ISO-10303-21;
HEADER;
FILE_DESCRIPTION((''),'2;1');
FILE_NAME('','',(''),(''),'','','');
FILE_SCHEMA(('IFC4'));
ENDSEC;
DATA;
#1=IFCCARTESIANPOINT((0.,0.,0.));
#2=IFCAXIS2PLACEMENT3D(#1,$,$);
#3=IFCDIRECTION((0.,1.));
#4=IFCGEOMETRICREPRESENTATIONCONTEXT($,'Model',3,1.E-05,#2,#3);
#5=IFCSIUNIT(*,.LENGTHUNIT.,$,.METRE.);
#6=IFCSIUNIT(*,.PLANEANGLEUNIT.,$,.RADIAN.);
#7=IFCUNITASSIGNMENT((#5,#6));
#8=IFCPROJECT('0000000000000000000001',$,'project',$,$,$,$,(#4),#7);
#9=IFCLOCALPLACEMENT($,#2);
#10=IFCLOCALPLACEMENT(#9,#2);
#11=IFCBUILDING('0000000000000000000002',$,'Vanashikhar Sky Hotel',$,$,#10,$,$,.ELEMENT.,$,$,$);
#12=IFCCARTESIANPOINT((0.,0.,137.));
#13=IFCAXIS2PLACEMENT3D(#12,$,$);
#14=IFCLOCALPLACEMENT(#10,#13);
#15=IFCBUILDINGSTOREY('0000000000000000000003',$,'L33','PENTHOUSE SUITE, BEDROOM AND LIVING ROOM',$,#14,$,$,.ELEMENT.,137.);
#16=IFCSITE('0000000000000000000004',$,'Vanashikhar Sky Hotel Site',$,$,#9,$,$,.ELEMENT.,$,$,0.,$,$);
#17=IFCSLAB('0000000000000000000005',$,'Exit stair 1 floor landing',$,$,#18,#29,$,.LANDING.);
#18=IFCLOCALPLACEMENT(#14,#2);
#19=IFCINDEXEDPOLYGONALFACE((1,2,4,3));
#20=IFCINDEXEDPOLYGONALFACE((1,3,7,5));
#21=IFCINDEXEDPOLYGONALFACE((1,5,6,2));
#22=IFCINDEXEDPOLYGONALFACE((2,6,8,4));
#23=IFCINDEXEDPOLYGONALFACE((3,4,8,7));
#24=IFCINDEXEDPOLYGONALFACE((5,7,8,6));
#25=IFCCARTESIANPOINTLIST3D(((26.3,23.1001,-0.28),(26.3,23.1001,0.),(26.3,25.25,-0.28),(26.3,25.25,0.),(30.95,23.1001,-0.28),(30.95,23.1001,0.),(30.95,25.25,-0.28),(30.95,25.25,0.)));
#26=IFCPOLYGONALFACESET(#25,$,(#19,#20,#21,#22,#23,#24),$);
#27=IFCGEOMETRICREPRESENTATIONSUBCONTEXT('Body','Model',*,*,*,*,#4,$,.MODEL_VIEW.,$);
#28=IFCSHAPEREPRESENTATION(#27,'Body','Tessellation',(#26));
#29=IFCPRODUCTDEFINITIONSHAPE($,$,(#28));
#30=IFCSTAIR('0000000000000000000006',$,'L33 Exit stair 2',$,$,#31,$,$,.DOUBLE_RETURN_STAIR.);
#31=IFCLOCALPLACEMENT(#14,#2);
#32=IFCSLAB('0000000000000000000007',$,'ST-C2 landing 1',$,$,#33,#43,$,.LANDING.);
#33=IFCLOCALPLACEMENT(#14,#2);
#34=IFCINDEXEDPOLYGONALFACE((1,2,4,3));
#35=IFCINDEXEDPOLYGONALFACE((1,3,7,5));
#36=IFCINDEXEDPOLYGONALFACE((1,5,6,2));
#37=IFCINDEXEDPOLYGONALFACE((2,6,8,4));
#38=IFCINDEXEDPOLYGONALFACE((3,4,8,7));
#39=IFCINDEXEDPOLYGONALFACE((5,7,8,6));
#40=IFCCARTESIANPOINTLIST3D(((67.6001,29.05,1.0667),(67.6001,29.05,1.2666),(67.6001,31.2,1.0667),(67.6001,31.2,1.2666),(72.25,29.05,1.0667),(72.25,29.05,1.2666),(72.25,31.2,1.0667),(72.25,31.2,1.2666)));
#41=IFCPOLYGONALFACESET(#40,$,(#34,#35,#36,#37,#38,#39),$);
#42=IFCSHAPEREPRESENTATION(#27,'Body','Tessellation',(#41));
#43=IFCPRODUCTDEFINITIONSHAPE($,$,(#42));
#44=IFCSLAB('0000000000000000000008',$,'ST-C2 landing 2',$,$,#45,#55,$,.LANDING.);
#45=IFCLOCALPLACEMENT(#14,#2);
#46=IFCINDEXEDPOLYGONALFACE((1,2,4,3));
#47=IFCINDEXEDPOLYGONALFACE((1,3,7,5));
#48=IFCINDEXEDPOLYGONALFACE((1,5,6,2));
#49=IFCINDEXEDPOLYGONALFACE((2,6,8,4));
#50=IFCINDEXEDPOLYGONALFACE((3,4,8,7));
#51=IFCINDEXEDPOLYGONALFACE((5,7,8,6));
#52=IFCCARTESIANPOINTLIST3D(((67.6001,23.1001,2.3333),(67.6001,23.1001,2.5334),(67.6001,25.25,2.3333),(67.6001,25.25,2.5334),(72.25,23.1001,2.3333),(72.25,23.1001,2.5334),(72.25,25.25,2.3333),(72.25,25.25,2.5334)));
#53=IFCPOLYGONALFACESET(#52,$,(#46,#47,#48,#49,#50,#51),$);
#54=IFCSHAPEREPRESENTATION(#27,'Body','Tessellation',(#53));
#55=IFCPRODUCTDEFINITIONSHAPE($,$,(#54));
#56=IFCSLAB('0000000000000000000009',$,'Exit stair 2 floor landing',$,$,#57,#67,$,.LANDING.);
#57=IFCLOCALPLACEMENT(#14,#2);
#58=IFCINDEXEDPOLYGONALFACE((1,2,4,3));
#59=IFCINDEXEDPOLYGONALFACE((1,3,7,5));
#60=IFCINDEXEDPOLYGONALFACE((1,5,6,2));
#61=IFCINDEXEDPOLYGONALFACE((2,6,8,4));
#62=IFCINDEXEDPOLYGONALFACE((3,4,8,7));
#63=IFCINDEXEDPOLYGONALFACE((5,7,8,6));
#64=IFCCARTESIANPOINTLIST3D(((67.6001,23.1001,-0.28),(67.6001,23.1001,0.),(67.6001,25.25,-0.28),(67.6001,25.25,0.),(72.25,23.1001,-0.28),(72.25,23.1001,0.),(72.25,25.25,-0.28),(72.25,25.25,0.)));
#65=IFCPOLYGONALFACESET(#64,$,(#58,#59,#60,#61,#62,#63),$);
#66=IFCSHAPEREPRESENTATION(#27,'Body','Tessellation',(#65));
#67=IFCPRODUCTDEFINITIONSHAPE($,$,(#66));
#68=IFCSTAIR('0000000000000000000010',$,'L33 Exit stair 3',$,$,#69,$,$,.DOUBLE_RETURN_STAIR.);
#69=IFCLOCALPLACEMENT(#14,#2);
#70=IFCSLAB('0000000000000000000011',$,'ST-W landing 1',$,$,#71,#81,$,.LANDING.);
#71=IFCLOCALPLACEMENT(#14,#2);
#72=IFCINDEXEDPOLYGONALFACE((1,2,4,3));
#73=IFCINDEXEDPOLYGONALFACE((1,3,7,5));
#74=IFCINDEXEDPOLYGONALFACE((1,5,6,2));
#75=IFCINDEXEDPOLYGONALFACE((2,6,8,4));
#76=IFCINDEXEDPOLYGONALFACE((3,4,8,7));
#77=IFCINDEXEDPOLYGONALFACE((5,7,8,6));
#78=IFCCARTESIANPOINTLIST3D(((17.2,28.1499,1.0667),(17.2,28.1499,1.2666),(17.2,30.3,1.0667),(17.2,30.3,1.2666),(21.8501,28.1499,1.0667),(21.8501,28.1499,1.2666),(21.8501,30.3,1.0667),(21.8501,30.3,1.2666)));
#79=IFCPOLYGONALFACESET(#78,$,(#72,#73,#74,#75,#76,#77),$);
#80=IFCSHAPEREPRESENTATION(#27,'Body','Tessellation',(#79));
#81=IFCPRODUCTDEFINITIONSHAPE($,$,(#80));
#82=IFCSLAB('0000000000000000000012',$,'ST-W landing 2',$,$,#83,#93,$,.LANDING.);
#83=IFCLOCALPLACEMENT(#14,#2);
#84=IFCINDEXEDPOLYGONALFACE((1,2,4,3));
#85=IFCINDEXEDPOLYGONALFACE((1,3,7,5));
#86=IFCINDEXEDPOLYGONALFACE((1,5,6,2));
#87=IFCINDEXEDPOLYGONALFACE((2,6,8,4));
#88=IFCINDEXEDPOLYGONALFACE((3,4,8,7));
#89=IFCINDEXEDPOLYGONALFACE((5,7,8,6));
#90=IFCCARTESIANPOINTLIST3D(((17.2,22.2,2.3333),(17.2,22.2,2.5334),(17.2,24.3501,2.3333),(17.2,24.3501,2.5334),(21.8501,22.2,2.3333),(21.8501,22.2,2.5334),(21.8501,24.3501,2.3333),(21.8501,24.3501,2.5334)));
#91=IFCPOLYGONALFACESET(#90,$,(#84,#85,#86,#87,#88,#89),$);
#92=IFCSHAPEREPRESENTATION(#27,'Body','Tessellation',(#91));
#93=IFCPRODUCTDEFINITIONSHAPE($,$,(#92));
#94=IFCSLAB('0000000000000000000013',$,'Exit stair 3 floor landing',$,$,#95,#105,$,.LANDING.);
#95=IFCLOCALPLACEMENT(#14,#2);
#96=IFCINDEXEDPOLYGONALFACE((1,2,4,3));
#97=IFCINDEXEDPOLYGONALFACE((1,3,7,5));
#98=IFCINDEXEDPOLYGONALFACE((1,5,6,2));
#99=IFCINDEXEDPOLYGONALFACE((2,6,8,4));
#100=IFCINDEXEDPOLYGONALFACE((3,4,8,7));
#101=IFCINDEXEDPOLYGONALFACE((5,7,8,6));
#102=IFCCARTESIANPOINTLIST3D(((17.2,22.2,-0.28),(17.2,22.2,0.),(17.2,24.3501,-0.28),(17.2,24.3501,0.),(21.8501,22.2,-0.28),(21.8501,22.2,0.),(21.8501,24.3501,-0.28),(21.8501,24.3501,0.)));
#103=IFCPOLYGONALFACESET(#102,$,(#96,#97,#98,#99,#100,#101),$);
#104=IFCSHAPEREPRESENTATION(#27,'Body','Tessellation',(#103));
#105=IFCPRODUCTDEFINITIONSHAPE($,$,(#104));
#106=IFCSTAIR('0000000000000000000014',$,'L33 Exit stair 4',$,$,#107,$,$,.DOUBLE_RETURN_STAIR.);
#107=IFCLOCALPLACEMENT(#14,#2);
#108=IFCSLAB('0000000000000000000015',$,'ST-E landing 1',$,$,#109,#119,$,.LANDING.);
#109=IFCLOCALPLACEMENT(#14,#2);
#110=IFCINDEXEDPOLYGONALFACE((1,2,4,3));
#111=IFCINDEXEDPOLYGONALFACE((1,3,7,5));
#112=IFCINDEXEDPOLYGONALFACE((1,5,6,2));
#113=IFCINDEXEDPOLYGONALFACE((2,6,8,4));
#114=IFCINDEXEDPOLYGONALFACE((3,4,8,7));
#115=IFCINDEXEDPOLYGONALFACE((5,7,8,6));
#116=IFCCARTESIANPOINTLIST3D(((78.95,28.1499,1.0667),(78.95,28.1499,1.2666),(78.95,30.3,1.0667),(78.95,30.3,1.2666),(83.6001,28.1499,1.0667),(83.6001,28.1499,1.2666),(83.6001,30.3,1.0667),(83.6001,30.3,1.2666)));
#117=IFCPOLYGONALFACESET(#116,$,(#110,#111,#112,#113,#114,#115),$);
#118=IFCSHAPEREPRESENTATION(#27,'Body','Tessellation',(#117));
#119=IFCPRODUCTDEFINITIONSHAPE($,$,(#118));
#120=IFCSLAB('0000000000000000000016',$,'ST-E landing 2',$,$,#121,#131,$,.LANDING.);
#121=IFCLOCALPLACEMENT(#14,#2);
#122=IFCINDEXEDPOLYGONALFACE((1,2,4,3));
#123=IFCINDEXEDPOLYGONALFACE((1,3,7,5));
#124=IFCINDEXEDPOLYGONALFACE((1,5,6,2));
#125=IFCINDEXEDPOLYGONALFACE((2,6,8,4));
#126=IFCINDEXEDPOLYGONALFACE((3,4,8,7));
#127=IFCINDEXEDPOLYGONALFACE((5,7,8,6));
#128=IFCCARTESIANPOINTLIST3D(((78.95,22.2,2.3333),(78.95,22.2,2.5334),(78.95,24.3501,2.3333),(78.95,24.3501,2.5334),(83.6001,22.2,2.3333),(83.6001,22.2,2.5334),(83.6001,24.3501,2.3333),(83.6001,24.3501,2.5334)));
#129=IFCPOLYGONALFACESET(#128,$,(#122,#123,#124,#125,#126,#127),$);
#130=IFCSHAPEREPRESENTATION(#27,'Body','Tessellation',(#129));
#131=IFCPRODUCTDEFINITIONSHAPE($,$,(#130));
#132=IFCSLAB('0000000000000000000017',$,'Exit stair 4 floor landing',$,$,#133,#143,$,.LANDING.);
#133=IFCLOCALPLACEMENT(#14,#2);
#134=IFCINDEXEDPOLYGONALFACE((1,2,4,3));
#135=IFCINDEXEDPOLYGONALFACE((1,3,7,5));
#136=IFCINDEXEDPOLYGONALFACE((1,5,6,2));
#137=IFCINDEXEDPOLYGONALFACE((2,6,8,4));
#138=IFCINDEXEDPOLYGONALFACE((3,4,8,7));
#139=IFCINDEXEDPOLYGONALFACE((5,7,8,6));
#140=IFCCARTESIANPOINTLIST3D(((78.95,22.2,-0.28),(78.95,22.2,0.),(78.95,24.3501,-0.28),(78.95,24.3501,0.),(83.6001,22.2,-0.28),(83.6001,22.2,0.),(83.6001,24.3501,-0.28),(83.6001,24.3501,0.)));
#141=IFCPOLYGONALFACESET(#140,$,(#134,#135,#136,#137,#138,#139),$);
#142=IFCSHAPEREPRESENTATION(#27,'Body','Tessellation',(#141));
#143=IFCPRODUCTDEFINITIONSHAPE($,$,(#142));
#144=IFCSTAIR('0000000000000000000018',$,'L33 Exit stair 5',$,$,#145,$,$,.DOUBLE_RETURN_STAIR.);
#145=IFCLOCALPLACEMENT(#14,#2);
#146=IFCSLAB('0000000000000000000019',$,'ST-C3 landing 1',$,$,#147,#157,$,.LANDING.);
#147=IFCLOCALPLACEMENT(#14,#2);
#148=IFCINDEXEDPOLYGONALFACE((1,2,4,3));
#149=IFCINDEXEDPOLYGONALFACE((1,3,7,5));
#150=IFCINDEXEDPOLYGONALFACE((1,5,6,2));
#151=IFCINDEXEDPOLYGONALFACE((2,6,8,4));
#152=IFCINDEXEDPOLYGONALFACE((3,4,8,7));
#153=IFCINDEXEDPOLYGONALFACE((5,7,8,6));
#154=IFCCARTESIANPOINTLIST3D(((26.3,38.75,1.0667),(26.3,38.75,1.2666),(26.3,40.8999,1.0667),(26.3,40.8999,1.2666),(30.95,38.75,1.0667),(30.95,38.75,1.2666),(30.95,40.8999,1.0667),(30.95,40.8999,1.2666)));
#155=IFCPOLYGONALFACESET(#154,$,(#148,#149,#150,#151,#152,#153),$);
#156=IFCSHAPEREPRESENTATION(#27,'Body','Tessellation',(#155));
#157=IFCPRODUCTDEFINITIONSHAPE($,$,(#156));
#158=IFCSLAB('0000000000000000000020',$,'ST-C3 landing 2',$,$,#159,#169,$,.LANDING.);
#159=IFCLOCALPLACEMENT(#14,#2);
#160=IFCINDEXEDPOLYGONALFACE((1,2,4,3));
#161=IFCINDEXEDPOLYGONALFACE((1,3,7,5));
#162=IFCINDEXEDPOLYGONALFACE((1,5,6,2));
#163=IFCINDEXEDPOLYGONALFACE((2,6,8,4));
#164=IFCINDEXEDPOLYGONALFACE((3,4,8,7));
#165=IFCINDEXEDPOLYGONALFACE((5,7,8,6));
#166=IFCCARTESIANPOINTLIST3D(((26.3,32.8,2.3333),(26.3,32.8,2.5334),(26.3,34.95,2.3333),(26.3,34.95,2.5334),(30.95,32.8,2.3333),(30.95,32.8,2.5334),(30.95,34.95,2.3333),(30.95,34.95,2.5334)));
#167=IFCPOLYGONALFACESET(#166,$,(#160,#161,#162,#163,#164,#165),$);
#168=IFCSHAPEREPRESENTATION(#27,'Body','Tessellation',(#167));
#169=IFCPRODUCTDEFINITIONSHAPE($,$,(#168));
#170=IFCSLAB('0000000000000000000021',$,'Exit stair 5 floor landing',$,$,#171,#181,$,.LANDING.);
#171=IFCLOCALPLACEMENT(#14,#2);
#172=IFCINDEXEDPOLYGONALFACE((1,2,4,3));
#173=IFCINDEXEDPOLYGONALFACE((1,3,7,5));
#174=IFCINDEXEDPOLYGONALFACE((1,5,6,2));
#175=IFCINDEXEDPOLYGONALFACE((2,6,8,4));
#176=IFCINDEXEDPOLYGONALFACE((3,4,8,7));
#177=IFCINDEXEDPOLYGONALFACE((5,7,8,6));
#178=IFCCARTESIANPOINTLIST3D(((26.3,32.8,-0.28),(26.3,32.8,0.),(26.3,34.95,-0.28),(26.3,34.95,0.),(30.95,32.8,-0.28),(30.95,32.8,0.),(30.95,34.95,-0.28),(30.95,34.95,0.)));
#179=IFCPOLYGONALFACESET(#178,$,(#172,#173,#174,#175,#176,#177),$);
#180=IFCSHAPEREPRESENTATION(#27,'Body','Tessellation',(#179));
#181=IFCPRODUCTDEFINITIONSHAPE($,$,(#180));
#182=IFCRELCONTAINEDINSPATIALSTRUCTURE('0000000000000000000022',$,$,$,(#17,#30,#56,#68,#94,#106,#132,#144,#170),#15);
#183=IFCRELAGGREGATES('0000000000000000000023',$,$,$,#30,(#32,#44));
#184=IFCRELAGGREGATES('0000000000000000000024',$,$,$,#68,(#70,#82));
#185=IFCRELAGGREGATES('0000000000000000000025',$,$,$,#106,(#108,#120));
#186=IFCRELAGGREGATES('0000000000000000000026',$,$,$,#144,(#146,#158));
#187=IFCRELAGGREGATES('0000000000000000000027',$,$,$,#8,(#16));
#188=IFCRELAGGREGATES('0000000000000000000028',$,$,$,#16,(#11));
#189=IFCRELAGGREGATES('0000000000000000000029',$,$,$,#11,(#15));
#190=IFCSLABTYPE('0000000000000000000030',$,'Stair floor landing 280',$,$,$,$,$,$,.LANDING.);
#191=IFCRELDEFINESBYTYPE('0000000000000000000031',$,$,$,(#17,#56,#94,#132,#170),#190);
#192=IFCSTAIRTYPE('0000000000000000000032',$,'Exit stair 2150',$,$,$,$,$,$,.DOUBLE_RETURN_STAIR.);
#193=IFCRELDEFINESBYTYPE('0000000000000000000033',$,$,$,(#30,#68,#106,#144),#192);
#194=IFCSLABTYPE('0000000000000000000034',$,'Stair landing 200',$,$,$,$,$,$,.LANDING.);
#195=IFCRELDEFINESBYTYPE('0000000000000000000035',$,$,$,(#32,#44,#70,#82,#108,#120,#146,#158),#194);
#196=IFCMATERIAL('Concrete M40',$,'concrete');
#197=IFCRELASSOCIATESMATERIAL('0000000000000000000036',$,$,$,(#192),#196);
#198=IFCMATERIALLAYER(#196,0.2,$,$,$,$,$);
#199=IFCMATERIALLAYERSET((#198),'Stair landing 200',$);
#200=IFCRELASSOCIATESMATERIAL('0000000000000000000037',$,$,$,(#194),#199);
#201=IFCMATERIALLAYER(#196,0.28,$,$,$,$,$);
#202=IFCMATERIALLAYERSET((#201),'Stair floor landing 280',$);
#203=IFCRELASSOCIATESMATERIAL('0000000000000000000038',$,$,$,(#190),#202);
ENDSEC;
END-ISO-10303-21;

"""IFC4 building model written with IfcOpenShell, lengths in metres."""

from ifc_helpers import new_model, si_unit, direction, frame, origin, place, context, subcontext, project, spatial, polyline, outline, extrude, source, transform, mapped, material, layer, layer_set, type_object, element, aggregate, save


model = new_model("IFC4")

# Units and contexts
model_context = context("Model", 3, precision=1e-05, world=origin(), true_north=direction((0.0, 1.0)))
body_context = subcontext(model_context, "Body", "Model", "MODEL_VIEW")
ifc_project = project(units=[si_unit("LENGTHUNIT", "METRE"), si_unit("PLANEANGLEUNIT", "RADIAN")], contexts=[model_context])

# Site, building, storey
site_placement = place(None, origin())
site = spatial("IfcSite", under=ifc_project, at=site_placement, Name="Vanashikhar Sky Hotel Site", CompositionType="ELEMENT", RefElevation=0.0)
building_placement = place(site_placement, origin())
building = spatial("IfcBuilding", under=site, at=building_placement, Name="Vanashikhar Sky Hotel", CompositionType="ELEMENT")
storey_placement = place(building_placement, frame((0.0, 0.0, 137.0)))
storey = spatial("IfcBuildingStorey", under=building, at=storey_placement, Name="L33", Description="PENTHOUSE SUITE, BEDROOM AND LIVING ROOM", CompositionType="ELEMENT", Elevation=137.0)

# Shared definitions
ifc_material_1 = material(Name="Concrete M40", Category="concrete")

# Shared definitions
stair_type = type_object("IfcStairType", Name="Exit stair 2150", PredefinedType="DOUBLE_RETURN_STAIR", material=ifc_material_1)
ifc_layer_1 = layer(ifc_material_1, 0.2)
ifc_layer_set_1 = layer_set([ifc_layer_1], Name="Stair landing 200")
slab_type_1 = type_object("IfcSlabType", Name="Stair landing 200", PredefinedType="LANDING", material=ifc_layer_set_1)

# Slab
ifc_layer_2 = layer(ifc_material_1, 0.28)
ifc_layer_set_2 = layer_set([ifc_layer_2], Name="Stair floor landing 280")
slab_type_2 = type_object("IfcSlabType", Name="Stair floor landing 280", PredefinedType="LANDING", material=ifc_layer_set_2)
shared_shape_1 = source(origin(), body_context, "Body", "SweptSolid", [
    extrude(outline(polyline([(30.95, 23.1001), (30.95, 25.25), (26.3, 25.25), (26.3, 23.1001), (30.95, 23.1001)])), origin(), (0.0, 0.0, 1.0), 0.28),
])
slab_1_placement = place(storey_placement, frame((0.0, 0.0, -0.28)))
element("IfcSlab", 1, at=slab_1_placement, inside=storey, type_object=slab_type_2, Name="Exit stair 1 floor landing", PredefinedType="LANDING", context=body_context, shape_type="MappedRepresentation", body=[
    mapped(shared_shape_1, transform((0.0, 0.0, 0.0), scale=1.0)),
])

# Stair, slabs
stair_1_placement = place(storey_placement, origin())
stair_1 = element("IfcStair", 2, at=stair_1_placement, inside=storey, type_object=stair_type, Name="L33 Exit stair 2", PredefinedType="DOUBLE_RETURN_STAIR")
shared_shape_2 = source(origin(), body_context, "Body", "SweptSolid", [
    extrude(outline(polyline([(72.25, 29.05), (72.25, 31.2), (67.6001, 31.2), (67.6001, 29.05), (72.25, 29.05)])), origin(), (0.0, 0.0, 1.0), 0.2),
])
slab_2_placement = place(storey_placement, frame((0.0, 0.0, 1.0667)))
slab_2 = element("IfcSlab", 3, at=slab_2_placement, type_object=slab_type_1, Name="ST-C2 landing 1", PredefinedType="LANDING", context=body_context, shape_type="MappedRepresentation", body=[
    mapped(shared_shape_2, transform((0.0, 0.0, 0.0), scale=1.0)),
])
shared_shape_3 = source(origin(), body_context, "Body", "SweptSolid", [
    extrude(outline(polyline([(72.25, 23.1001), (72.25, 25.25), (67.6001, 25.25), (67.6001, 23.1001), (72.25, 23.1001)])), origin(), (0.0, 0.0, 1.0), 0.2002),
])
slab_3_placement = place(storey_placement, frame((0.0, 0.0, 2.3333)))
slab_3 = element("IfcSlab", 4, at=slab_3_placement, type_object=slab_type_1, Name="ST-C2 landing 2", PredefinedType="LANDING", context=body_context, shape_type="MappedRepresentation", body=[
    mapped(shared_shape_3, transform((0.0, 0.0, 0.0), scale=1.0)),
])
aggregate(stair_1, [slab_2, slab_3])

# Slab
shared_shape_4 = source(origin(), body_context, "Body", "SweptSolid", [
    extrude(outline(polyline([(72.25, 23.1001), (72.25, 25.25), (67.6001, 25.25), (67.6001, 23.1001), (72.25, 23.1001)])), origin(), (0.0, 0.0, 1.0), 0.28),
])
slab_4_placement = place(storey_placement, frame((0.0, 0.0, -0.28)))
element("IfcSlab", 5, at=slab_4_placement, inside=storey, type_object=slab_type_2, Name="Exit stair 2 floor landing", PredefinedType="LANDING", context=body_context, shape_type="MappedRepresentation", body=[
    mapped(shared_shape_4, transform((0.0, 0.0, 0.0), scale=1.0)),
])

# Stair, slabs
stair_2_placement = place(storey_placement, origin())
stair_2 = element("IfcStair", 6, at=stair_2_placement, inside=storey, type_object=stair_type, Name="L33 Exit stair 3", PredefinedType="DOUBLE_RETURN_STAIR")
shared_shape_5 = source(origin(), body_context, "Body", "SweptSolid", [
    extrude(outline(polyline([(21.8501, 28.1499), (21.8501, 30.3), (17.2, 30.3), (17.2, 28.1499), (21.8501, 28.1499)])), origin(), (0.0, 0.0, 1.0), 0.2),
])
slab_5_placement = place(storey_placement, frame((0.0, 0.0, 1.0667)))
slab_5 = element("IfcSlab", 7, at=slab_5_placement, type_object=slab_type_1, Name="ST-W landing 1", PredefinedType="LANDING", context=body_context, shape_type="MappedRepresentation", body=[
    mapped(shared_shape_5, transform((0.0, 0.0, 0.0), scale=1.0)),
])
shared_shape_6 = source(origin(), body_context, "Body", "SweptSolid", [
    extrude(outline(polyline([(21.8501, 22.2), (21.8501, 24.3501), (17.2, 24.3501), (17.2, 22.2), (21.8501, 22.2)])), origin(), (0.0, 0.0, 1.0), 0.2002),
])
slab_6_placement = place(storey_placement, frame((0.0, 0.0, 2.3333)))
slab_6 = element("IfcSlab", 8, at=slab_6_placement, type_object=slab_type_1, Name="ST-W landing 2", PredefinedType="LANDING", context=body_context, shape_type="MappedRepresentation", body=[
    mapped(shared_shape_6, transform((0.0, 0.0, 0.0), scale=1.0)),
])
aggregate(stair_2, [slab_5, slab_6])

# Slab
shared_shape_7 = source(origin(), body_context, "Body", "SweptSolid", [
    extrude(outline(polyline([(21.8501, 22.2), (21.8501, 24.3501), (17.2, 24.3501), (17.2, 22.2), (21.8501, 22.2)])), origin(), (0.0, 0.0, 1.0), 0.28),
])
slab_7_placement = place(storey_placement, frame((0.0, 0.0, -0.28)))
element("IfcSlab", 9, at=slab_7_placement, inside=storey, type_object=slab_type_2, Name="Exit stair 3 floor landing", PredefinedType="LANDING", context=body_context, shape_type="MappedRepresentation", body=[
    mapped(shared_shape_7, transform((0.0, 0.0, 0.0), scale=1.0)),
])

# Stair, slabs
stair_3_placement = place(storey_placement, origin())
stair_3 = element("IfcStair", 10, at=stair_3_placement, inside=storey, type_object=stair_type, Name="L33 Exit stair 4", PredefinedType="DOUBLE_RETURN_STAIR")
shared_shape_8 = source(origin(), body_context, "Body", "SweptSolid", [
    extrude(outline(polyline([(83.6001, 28.1499), (83.6001, 30.3), (78.95, 30.3), (78.95, 28.1499), (83.6001, 28.1499)])), origin(), (0.0, 0.0, 1.0), 0.2),
])
slab_8_placement = place(storey_placement, frame((0.0, 0.0, 1.0667)))
slab_8 = element("IfcSlab", 11, at=slab_8_placement, type_object=slab_type_1, Name="ST-E landing 1", PredefinedType="LANDING", context=body_context, shape_type="MappedRepresentation", body=[
    mapped(shared_shape_8, transform((0.0, 0.0, 0.0), scale=1.0)),
])
shared_shape_9 = source(origin(), body_context, "Body", "SweptSolid", [
    extrude(outline(polyline([(83.6001, 22.2), (83.6001, 24.3501), (78.95, 24.3501), (78.95, 22.2), (83.6001, 22.2)])), origin(), (0.0, 0.0, 1.0), 0.2002),
])
slab_9_placement = place(storey_placement, frame((0.0, 0.0, 2.3333)))
slab_9 = element("IfcSlab", 12, at=slab_9_placement, type_object=slab_type_1, Name="ST-E landing 2", PredefinedType="LANDING", context=body_context, shape_type="MappedRepresentation", body=[
    mapped(shared_shape_9, transform((0.0, 0.0, 0.0), scale=1.0)),
])
aggregate(stair_3, [slab_8, slab_9])

# Slab
shared_shape_10 = source(origin(), body_context, "Body", "SweptSolid", [
    extrude(outline(polyline([(83.6001, 22.2), (83.6001, 24.3501), (78.95, 24.3501), (78.95, 22.2), (83.6001, 22.2)])), origin(), (0.0, 0.0, 1.0), 0.28),
])
slab_10_placement = place(storey_placement, frame((0.0, 0.0, -0.28)))
element("IfcSlab", 13, at=slab_10_placement, inside=storey, type_object=slab_type_2, Name="Exit stair 4 floor landing", PredefinedType="LANDING", context=body_context, shape_type="MappedRepresentation", body=[
    mapped(shared_shape_10, transform((0.0, 0.0, 0.0), scale=1.0)),
])

# Stair, slabs
stair_4_placement = place(storey_placement, origin())
stair_4 = element("IfcStair", 14, at=stair_4_placement, inside=storey, type_object=stair_type, Name="L33 Exit stair 5", PredefinedType="DOUBLE_RETURN_STAIR")
shared_shape_11 = source(origin(), body_context, "Body", "SweptSolid", [
    extrude(outline(polyline([(30.95, 38.75), (30.95, 40.8999), (26.3, 40.8999), (26.3, 38.75), (30.95, 38.75)])), origin(), (0.0, 0.0, 1.0), 0.2),
])
slab_11_placement = place(storey_placement, frame((0.0, 0.0, 1.0667)))
slab_11 = element("IfcSlab", 15, at=slab_11_placement, type_object=slab_type_1, Name="ST-C3 landing 1", PredefinedType="LANDING", context=body_context, shape_type="MappedRepresentation", body=[
    mapped(shared_shape_11, transform((0.0, 0.0, 0.0), scale=1.0)),
])
shared_shape_12 = source(origin(), body_context, "Body", "SweptSolid", [
    extrude(outline(polyline([(30.95, 32.8), (30.95, 34.95), (26.3, 34.95), (26.3, 32.8), (30.95, 32.8)])), origin(), (0.0, 0.0, 1.0), 0.2002),
])
slab_12_placement = place(storey_placement, frame((0.0, 0.0, 2.3333)))
slab_12 = element("IfcSlab", 16, at=slab_12_placement, type_object=slab_type_1, Name="ST-C3 landing 2", PredefinedType="LANDING", context=body_context, shape_type="MappedRepresentation", body=[
    mapped(shared_shape_12, transform((0.0, 0.0, 0.0), scale=1.0)),
])
aggregate(stair_4, [slab_11, slab_12])

# Slab
shared_shape_13 = source(origin(), body_context, "Body", "SweptSolid", [
    extrude(outline(polyline([(30.95, 32.8), (30.95, 34.95), (26.3, 34.95), (26.3, 32.8), (30.95, 32.8)])), origin(), (0.0, 0.0, 1.0), 0.28),
])
slab_13_placement = place(storey_placement, frame((0.0, 0.0, -0.28)))
element("IfcSlab", 17, at=slab_13_placement, inside=storey, type_object=slab_type_2, Name="Exit stair 5 floor landing", PredefinedType="LANDING", context=body_context, shape_type="MappedRepresentation", body=[
    mapped(shared_shape_13, transform((0.0, 0.0, 0.0), scale=1.0)),
])

save(model, "model.ifc")
